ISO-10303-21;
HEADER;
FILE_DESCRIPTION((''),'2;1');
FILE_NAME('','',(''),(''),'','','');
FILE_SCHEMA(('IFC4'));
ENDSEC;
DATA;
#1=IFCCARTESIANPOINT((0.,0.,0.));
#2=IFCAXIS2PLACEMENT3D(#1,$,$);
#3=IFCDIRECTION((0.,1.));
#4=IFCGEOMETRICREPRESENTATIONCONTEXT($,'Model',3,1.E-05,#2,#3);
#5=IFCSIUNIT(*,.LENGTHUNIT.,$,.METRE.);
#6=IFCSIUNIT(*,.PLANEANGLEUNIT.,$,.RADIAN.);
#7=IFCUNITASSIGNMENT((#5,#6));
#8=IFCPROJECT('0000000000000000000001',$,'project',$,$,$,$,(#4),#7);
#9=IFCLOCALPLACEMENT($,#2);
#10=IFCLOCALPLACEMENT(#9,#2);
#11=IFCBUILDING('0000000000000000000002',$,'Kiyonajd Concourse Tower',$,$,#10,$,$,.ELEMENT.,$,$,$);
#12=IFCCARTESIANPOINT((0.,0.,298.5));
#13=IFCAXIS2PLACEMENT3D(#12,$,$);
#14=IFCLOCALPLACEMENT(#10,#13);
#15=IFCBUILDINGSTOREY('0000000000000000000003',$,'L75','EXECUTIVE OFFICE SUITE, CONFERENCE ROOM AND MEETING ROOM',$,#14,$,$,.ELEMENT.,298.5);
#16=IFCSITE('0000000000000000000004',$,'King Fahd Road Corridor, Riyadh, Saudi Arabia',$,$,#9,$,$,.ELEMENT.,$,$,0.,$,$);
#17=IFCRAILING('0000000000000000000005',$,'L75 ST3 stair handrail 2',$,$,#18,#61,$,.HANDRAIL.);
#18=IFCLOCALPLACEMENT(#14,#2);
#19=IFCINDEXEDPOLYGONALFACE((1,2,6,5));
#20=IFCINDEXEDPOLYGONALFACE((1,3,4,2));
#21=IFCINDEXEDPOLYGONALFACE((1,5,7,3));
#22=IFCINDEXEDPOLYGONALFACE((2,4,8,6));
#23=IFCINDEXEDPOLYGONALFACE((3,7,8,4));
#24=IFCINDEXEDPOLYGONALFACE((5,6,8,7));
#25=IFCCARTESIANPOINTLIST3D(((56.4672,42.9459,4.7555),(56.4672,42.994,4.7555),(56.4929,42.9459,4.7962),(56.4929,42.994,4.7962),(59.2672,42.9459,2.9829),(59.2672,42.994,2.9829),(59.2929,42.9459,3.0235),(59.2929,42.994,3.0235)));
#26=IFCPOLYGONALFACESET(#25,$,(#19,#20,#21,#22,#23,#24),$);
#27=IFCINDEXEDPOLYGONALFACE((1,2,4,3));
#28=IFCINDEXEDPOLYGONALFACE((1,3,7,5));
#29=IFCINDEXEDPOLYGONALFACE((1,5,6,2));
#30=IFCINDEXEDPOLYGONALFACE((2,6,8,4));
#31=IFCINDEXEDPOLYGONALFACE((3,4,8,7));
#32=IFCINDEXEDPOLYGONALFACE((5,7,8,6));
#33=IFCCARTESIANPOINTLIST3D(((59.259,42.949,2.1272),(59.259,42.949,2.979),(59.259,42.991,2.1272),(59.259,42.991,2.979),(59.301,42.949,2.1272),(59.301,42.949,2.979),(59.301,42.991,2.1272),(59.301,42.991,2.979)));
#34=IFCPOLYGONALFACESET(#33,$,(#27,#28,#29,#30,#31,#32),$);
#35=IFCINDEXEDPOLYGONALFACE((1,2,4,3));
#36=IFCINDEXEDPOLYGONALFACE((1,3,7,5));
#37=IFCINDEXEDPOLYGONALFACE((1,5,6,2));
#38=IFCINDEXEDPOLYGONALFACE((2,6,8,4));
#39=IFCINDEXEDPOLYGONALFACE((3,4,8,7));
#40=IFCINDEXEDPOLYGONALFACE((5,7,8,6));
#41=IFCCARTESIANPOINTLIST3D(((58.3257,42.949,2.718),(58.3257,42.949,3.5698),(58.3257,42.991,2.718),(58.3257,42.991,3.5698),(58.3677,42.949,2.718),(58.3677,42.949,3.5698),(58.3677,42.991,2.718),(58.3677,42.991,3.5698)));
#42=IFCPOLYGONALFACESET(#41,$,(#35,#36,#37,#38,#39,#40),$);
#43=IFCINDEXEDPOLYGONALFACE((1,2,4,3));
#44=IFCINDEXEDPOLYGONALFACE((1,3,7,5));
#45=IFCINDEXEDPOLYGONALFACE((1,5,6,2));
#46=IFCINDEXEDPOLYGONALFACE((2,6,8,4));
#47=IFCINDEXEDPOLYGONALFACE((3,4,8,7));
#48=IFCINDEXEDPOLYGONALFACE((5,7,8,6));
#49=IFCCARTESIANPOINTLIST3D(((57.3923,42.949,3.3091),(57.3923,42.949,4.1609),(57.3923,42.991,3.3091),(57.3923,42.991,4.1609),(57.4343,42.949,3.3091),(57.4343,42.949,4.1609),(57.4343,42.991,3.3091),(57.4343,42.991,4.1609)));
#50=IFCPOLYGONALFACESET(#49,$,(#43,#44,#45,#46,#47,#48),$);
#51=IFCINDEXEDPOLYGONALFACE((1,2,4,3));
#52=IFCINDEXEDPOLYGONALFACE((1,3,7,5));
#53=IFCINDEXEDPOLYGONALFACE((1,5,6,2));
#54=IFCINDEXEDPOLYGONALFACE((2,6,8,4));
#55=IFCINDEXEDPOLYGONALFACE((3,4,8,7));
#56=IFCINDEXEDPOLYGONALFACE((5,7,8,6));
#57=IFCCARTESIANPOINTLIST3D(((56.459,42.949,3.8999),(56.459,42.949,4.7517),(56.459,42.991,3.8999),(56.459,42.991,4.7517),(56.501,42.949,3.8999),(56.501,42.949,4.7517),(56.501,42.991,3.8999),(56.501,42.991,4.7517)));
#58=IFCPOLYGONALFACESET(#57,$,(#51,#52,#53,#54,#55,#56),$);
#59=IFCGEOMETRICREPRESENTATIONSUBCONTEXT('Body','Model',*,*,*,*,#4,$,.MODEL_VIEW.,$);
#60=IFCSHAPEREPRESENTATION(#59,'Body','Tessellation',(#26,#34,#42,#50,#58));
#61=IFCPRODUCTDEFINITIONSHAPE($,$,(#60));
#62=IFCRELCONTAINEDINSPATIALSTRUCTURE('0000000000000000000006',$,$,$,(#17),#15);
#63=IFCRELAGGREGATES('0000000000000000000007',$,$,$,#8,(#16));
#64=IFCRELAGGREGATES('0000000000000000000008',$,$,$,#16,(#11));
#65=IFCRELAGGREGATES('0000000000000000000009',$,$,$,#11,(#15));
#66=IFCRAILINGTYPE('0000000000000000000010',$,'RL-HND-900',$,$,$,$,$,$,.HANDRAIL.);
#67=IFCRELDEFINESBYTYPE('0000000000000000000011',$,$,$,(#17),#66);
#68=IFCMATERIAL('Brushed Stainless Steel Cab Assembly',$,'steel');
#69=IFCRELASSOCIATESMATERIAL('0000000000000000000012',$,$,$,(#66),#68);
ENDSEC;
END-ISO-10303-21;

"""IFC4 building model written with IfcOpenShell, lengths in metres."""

from ifc_helpers import new_model, si_unit, direction, frame, origin, origin_2d, place, context, subcontext, project, spatial, rectangle, extrude, material, type_object, element, save


model = new_model("IFC4")

# Units and contexts
model_context = context("Model", 3, precision=1e-05, world=origin(), true_north=direction((0.0, 1.0)))
body_context = subcontext(model_context, "Body", "Model", "MODEL_VIEW")
ifc_project = project(units=[si_unit("LENGTHUNIT", "METRE"), si_unit("PLANEANGLEUNIT", "RADIAN")], contexts=[model_context])

# Site, building, storey
site_placement = place(None, origin())
site = spatial("IfcSite", under=ifc_project, at=site_placement, Name="King Fahd Road Corridor, Riyadh, Saudi Arabia", CompositionType="ELEMENT", RefElevation=0.0)
building_placement = place(site_placement, origin())
building = spatial("IfcBuilding", under=site, at=building_placement, Name="Kiyonajd Concourse Tower", CompositionType="ELEMENT")
storey_placement = place(building_placement, frame((0.0, 0.0, 298.5)))
storey = spatial("IfcBuildingStorey", under=building, at=storey_placement, Name="L75", Description="EXECUTIVE OFFICE SUITE, CONFERENCE ROOM AND MEETING ROOM", CompositionType="ELEMENT", Elevation=298.5)

# Shared definitions
ifc_material_1 = material(Name="Brushed Stainless Steel Cab Assembly", Category="steel")

# Railing
railing_type_1 = type_object("IfcRailingType", Name="RL-HND-900", PredefinedType="HANDRAIL", material=ifc_material_1)
railing_1_placement = place(storey_placement, frame((59.28, 42.97, 2.1272)))
element("IfcRailing", 1, at=railing_1_placement, inside=storey, type_object=railing_type_1, Name="L75 ST3 stair handrail 2", PredefinedType="HANDRAIL", context=body_context, shape_type="SweptSolid", body=[
    extrude(rectangle(XDim=0.0481, YDim=0.0481, at=origin_2d()), frame((0.0, 0.0, 0.876), z_axis=(-0.844909, 0.0, 0.53491), x_axis=(0.0, -1.0, 0.0)), (0.0, 0.0, 1.0), 3.314),
    extrude(rectangle(XDim=0.042, YDim=0.042, at=origin_2d()), origin(), (0.0, 0.0, 1.0), 0.8518),
    extrude(rectangle(XDim=0.042, YDim=0.042, at=origin_2d()), frame((-0.9333, 0.0, 0.5908)), (0.0, 0.0, 1.0), 0.8518),
    extrude(rectangle(XDim=0.042, YDim=0.042, at=origin_2d()), frame((-1.8667, 0.0, 1.1819)), (0.0, 0.0, 1.0), 0.8518),
    extrude(rectangle(XDim=0.042, YDim=0.042, at=origin_2d()), frame((-2.8, 0.0, 1.7727)), (0.0, 0.0, 1.0), 0.8518),
])

save(model, "model.ifc")
